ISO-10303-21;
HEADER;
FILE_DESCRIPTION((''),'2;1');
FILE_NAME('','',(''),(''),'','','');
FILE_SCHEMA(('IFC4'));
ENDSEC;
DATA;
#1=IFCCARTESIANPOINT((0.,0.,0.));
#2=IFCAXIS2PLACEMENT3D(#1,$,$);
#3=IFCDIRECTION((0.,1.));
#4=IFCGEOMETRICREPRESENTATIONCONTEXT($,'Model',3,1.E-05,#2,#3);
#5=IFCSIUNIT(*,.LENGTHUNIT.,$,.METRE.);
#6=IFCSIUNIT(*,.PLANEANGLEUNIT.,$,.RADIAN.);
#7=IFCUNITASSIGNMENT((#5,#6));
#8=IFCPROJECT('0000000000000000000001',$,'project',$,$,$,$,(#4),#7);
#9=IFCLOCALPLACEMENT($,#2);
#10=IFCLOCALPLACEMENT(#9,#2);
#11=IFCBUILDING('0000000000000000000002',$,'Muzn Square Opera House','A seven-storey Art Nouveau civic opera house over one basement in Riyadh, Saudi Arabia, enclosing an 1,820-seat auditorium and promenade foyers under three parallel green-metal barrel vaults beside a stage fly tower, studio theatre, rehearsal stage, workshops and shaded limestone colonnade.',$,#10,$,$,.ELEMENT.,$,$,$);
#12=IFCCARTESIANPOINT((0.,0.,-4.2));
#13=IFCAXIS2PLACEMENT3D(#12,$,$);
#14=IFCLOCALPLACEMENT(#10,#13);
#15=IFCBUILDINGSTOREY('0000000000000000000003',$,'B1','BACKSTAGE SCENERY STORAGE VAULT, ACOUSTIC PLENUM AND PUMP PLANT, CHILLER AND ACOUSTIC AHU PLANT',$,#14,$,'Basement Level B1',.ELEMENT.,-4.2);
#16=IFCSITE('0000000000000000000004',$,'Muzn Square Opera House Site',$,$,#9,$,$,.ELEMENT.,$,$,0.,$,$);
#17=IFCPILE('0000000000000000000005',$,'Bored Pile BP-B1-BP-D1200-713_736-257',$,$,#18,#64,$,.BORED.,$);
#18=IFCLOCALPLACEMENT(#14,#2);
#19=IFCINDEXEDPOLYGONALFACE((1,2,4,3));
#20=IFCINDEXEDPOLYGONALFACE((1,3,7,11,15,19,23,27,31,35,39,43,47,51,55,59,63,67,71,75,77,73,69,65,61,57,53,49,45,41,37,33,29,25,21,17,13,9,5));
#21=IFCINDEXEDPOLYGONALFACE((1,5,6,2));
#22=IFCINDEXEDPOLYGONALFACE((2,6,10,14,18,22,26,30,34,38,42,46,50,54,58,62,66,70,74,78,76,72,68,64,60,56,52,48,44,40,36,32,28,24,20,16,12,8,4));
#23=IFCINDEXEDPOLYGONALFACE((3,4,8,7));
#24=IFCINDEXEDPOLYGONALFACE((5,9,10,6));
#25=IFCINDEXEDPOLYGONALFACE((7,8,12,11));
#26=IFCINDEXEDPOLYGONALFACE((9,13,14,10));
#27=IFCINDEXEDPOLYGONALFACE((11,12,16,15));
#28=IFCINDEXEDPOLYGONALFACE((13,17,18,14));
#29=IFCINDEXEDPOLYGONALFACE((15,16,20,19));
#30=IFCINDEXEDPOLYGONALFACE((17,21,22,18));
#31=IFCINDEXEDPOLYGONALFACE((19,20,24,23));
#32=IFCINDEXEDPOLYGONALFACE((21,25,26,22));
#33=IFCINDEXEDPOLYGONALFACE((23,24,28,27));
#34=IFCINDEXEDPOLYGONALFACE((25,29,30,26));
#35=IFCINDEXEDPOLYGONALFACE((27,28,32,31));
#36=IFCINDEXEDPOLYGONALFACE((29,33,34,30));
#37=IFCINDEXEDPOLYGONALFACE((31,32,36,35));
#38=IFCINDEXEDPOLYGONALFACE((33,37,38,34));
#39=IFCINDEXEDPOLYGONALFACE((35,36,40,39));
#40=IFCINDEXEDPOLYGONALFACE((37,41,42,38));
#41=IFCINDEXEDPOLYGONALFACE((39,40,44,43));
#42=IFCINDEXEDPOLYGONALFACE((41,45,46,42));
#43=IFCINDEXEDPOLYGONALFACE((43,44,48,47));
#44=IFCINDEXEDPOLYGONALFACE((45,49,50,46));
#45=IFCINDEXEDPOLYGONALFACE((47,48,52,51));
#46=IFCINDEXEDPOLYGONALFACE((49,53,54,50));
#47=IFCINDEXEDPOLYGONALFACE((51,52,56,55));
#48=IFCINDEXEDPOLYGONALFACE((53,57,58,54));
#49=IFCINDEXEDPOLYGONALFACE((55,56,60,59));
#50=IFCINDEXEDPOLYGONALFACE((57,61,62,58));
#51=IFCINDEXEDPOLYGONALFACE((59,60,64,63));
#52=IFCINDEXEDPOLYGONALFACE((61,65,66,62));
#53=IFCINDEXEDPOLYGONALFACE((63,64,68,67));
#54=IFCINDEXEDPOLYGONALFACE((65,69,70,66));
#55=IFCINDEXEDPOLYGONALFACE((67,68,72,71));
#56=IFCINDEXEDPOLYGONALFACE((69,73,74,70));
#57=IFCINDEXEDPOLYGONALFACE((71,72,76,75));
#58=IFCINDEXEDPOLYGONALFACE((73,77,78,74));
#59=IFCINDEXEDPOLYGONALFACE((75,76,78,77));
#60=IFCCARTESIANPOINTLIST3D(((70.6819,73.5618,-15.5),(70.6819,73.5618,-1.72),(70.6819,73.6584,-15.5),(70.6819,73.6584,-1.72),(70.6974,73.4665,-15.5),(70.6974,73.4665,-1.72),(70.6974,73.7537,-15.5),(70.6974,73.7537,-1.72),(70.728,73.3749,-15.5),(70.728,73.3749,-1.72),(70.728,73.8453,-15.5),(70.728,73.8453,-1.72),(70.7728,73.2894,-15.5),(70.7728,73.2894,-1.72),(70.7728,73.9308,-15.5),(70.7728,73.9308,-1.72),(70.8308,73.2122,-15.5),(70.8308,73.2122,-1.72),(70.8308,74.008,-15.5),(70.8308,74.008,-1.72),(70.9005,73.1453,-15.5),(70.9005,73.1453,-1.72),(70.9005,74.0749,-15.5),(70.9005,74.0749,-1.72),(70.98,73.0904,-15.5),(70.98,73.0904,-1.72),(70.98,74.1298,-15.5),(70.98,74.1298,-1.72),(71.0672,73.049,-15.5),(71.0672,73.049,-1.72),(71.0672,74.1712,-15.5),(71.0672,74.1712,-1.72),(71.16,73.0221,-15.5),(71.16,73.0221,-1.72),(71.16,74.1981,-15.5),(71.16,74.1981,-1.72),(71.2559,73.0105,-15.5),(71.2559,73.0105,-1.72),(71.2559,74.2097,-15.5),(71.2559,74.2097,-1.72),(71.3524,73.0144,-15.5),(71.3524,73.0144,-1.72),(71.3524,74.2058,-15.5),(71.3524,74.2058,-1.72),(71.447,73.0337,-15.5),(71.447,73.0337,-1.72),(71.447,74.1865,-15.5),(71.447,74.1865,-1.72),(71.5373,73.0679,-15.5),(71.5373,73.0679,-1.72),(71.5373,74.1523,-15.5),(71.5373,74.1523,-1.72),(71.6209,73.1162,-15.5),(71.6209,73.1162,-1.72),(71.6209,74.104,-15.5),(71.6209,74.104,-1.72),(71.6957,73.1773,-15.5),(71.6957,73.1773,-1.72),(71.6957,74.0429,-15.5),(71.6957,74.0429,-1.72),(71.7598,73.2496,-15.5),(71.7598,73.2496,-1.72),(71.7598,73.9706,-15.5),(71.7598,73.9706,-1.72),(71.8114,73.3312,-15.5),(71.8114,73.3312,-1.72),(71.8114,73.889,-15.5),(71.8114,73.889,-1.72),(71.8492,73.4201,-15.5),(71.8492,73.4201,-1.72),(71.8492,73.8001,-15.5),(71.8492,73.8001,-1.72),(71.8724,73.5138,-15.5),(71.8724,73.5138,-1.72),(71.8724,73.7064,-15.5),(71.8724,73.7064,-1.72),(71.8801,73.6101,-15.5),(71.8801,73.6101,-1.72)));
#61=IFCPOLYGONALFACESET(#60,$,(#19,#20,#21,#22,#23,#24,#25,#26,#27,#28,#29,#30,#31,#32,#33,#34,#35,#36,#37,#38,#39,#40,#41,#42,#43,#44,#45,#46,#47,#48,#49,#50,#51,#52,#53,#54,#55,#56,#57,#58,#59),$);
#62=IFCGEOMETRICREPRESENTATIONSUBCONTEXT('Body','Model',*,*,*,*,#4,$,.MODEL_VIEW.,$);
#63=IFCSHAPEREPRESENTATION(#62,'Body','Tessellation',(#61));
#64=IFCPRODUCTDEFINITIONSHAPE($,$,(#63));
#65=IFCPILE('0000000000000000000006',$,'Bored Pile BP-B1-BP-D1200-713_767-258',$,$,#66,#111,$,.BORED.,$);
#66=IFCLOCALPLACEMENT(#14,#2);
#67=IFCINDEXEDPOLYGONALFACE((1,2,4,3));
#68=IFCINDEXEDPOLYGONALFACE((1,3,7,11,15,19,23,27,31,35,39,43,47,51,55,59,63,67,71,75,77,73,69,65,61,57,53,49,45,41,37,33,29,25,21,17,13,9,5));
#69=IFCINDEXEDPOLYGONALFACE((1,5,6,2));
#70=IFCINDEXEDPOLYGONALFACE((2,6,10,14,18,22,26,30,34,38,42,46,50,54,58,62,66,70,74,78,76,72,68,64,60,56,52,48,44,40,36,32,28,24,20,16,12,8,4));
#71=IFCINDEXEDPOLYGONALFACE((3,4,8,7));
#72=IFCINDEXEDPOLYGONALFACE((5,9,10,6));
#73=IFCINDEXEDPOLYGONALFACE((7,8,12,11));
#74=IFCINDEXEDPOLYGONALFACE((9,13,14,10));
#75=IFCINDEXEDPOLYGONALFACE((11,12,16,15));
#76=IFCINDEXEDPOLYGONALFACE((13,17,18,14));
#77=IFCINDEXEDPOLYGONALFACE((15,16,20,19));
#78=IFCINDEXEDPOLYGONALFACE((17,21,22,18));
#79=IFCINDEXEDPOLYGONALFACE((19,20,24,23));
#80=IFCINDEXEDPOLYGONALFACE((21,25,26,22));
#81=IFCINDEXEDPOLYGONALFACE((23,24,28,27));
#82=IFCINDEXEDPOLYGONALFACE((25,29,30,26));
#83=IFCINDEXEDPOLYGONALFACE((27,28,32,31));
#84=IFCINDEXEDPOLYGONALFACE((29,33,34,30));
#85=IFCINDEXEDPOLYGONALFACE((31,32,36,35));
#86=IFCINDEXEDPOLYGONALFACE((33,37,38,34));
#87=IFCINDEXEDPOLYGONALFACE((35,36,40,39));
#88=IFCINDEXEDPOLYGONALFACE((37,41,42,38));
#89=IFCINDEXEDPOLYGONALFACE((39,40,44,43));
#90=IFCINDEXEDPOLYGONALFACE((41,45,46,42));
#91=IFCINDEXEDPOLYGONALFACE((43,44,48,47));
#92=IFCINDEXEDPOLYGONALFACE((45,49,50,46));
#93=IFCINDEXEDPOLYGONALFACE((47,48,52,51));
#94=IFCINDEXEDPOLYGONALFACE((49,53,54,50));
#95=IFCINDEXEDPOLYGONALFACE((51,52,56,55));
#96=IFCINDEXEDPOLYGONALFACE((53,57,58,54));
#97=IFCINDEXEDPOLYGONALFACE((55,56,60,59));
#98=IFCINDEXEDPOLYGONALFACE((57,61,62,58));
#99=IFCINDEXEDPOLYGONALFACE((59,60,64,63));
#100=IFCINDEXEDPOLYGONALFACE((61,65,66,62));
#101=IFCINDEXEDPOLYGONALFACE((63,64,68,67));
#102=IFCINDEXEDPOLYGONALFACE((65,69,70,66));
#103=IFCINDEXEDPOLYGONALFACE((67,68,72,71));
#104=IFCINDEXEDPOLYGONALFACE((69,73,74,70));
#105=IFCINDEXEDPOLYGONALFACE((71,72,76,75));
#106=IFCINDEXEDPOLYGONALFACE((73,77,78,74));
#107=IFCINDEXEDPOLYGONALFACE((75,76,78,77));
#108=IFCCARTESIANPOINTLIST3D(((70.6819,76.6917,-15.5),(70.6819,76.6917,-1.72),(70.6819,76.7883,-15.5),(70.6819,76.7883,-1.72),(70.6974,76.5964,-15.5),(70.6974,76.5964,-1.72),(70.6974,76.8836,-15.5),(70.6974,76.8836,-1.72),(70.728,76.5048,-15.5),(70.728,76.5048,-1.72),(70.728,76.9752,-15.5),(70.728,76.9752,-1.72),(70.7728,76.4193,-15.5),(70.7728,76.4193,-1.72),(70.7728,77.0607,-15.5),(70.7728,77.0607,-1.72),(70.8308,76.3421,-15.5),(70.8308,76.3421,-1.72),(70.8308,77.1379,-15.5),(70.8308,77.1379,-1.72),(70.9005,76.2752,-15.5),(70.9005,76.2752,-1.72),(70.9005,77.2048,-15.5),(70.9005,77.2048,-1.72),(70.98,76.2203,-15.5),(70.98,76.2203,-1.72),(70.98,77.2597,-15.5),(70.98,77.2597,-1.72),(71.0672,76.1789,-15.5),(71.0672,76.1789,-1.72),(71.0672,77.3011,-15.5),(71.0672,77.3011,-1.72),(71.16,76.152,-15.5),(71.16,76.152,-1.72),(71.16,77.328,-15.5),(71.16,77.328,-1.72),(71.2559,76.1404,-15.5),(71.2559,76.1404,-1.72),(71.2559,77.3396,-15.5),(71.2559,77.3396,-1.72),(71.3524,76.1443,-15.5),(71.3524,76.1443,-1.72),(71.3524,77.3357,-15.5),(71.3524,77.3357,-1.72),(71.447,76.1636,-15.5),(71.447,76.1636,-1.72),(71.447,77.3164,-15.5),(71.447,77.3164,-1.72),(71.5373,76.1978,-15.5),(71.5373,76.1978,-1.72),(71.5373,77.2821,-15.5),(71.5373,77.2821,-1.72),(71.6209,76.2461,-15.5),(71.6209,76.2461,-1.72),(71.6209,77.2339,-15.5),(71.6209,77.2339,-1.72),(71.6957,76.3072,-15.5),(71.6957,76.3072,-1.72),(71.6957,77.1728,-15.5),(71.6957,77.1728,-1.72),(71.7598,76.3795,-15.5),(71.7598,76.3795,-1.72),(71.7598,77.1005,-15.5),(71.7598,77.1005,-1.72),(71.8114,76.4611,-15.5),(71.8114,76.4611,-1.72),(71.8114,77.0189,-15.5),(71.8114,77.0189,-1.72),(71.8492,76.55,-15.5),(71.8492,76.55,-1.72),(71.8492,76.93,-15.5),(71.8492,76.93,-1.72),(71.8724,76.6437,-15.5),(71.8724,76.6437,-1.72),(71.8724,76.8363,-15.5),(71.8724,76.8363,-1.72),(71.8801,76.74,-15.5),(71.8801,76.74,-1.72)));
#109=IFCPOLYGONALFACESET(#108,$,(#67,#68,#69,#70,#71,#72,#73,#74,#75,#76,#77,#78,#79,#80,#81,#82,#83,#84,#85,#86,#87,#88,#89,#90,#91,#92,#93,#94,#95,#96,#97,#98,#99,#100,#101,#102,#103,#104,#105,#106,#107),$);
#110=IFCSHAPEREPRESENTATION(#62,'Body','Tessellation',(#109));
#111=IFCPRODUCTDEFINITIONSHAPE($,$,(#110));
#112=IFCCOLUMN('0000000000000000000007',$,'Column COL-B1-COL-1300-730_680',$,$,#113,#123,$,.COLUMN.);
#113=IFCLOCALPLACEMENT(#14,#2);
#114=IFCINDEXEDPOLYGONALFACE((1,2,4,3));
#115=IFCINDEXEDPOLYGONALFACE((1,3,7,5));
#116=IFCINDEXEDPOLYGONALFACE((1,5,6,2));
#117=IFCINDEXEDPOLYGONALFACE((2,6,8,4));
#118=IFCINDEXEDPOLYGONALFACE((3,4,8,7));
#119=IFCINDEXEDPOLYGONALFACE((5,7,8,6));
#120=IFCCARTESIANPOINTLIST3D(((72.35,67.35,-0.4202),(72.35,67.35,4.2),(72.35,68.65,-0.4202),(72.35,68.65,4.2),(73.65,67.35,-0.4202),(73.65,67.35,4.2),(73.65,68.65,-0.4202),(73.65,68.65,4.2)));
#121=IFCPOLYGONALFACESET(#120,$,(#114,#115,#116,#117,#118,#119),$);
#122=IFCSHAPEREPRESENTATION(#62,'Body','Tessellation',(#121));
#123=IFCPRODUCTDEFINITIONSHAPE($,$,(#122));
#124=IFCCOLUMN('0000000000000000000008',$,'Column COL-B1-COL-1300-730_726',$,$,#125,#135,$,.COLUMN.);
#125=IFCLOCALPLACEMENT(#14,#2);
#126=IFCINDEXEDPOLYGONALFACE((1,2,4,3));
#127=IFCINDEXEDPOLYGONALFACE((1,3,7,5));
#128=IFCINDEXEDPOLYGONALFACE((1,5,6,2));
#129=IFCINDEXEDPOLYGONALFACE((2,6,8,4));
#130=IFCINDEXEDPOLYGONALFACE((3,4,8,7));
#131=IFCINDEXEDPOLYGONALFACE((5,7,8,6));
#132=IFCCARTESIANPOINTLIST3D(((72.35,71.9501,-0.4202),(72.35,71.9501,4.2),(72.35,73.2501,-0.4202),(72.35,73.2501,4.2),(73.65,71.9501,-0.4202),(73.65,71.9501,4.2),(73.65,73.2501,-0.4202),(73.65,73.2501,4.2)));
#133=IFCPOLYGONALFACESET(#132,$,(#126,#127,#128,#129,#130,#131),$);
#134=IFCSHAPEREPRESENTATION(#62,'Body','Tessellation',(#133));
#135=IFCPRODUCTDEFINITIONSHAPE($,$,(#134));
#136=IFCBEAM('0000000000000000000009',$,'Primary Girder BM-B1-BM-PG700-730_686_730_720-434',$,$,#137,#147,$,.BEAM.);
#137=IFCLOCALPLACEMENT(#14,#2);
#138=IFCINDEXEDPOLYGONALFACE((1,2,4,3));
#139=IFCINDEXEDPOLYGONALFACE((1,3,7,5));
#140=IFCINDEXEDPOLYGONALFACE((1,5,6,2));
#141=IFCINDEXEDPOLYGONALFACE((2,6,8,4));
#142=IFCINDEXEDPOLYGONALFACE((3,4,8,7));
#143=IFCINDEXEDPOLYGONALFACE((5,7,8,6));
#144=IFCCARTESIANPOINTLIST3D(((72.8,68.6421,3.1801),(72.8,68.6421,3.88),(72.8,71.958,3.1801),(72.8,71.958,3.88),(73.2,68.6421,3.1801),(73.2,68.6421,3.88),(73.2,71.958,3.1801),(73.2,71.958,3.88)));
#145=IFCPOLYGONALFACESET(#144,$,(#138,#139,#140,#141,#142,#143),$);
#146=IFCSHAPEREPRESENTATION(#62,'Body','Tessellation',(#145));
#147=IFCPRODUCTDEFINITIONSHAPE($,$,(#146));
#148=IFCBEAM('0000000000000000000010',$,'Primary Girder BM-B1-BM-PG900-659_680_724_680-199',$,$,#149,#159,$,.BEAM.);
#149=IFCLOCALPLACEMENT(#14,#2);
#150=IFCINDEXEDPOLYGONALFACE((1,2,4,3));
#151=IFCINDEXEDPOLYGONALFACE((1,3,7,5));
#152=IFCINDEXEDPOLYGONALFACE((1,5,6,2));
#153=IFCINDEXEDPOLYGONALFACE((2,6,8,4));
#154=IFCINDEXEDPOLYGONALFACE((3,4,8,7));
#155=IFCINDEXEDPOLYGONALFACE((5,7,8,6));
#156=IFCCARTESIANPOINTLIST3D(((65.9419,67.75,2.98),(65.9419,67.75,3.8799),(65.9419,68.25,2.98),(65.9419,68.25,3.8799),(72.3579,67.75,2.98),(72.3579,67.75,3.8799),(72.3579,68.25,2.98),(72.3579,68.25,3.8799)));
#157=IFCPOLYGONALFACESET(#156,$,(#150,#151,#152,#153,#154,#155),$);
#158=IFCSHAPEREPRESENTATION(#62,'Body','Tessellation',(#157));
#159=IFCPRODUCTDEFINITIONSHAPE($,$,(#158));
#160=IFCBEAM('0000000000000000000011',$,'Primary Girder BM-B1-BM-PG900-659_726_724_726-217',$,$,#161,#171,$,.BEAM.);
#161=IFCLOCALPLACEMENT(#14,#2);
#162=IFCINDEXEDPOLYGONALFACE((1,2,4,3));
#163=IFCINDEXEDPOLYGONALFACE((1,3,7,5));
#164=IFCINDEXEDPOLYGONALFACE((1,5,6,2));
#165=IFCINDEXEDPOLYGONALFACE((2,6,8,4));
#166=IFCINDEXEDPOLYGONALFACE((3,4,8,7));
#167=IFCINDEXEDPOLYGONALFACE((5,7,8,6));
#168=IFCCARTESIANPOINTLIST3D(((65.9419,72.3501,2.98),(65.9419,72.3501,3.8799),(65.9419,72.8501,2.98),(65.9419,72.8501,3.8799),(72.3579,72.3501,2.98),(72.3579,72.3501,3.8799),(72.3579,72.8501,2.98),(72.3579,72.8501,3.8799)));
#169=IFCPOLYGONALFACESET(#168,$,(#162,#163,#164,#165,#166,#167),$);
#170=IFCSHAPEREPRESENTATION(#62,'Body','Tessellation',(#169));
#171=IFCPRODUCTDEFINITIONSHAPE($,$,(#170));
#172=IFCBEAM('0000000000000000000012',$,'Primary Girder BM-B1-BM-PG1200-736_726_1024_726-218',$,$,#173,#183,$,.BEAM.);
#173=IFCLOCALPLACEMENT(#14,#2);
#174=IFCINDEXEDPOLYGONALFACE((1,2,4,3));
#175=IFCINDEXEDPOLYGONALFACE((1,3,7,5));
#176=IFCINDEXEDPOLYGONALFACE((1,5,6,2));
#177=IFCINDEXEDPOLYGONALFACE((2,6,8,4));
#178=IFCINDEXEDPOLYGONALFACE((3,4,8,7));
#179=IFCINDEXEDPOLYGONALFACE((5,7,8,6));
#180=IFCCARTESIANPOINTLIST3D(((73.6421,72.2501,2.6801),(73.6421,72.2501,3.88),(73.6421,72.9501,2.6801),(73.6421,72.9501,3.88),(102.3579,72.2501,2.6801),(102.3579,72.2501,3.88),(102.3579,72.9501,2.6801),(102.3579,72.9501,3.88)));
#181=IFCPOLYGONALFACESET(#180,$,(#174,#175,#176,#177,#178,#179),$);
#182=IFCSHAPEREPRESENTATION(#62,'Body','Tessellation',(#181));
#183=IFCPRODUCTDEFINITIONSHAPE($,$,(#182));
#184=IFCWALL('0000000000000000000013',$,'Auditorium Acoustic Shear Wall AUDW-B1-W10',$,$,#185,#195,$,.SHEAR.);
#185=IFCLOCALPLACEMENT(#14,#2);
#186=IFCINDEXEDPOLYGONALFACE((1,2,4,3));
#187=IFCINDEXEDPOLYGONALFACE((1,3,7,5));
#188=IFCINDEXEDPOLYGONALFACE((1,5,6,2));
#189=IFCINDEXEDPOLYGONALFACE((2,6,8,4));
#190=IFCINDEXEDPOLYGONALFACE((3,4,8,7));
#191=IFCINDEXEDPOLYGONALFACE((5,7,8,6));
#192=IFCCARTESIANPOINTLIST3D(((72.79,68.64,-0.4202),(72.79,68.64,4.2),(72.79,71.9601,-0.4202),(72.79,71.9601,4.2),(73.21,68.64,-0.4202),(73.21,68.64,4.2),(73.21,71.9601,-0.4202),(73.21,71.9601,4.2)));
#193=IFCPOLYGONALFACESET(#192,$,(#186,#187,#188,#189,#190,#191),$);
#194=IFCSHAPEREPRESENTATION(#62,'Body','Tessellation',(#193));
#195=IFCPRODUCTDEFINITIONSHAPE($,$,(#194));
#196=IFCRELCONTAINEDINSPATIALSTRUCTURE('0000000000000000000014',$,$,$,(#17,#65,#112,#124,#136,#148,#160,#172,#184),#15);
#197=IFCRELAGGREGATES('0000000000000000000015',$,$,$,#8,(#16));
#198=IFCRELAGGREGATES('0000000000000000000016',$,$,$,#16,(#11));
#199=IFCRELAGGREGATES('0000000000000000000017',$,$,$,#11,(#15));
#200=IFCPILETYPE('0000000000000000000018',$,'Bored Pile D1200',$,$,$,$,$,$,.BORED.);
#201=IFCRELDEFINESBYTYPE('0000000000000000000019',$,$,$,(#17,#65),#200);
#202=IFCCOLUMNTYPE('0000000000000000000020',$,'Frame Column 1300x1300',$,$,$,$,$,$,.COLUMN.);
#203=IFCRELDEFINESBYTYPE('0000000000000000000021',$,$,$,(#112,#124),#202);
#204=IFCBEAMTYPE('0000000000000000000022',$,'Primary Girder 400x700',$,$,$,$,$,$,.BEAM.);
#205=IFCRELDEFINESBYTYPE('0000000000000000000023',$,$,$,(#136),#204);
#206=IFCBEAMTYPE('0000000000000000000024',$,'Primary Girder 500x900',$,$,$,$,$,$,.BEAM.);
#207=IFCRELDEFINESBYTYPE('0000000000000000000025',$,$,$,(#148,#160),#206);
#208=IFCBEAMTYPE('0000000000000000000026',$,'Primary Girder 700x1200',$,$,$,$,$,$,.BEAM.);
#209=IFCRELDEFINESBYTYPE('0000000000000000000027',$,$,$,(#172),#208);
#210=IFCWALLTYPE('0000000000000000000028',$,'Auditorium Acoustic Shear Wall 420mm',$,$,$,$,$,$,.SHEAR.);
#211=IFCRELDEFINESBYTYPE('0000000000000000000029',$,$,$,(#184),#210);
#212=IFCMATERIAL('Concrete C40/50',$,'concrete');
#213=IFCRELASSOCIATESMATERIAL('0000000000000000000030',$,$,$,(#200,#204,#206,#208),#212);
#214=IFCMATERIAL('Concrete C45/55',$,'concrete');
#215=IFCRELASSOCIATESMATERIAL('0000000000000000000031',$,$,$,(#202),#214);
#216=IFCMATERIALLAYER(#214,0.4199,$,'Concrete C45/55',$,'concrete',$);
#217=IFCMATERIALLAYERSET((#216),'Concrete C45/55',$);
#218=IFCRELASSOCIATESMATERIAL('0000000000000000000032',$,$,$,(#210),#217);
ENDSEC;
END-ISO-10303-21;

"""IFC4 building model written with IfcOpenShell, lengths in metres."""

from ifc_helpers import new_model, si_unit, direction, frame, frame_2d, origin, origin_2d, place, context, subcontext, project, spatial, rectangle, circle, extrude, material, layer, layer_set, material_profile, profile_set, type_object, element, save


model = new_model("IFC4")

# Units and contexts
model_context = context("Model", 3, precision=1e-05, world=origin(), true_north=direction((0.0, 1.0)))
body_context = subcontext(model_context, "Body", "Model", "MODEL_VIEW")
ifc_project = project(units=[si_unit("LENGTHUNIT", "METRE"), si_unit("PLANEANGLEUNIT", "RADIAN")], contexts=[model_context])

# Site, building, storey
site_placement = place(None, origin())
site = spatial("IfcSite", under=ifc_project, at=site_placement, Name="Muzn Square Opera House Site", CompositionType="ELEMENT", RefElevation=0.0)
building_placement = place(site_placement, origin())
building = spatial("IfcBuilding", under=site, at=building_placement, Name="Muzn Square Opera House", Description="A seven-storey Art Nouveau civic opera house over one basement in Riyadh, Saudi Arabia, enclosing an 1,820-seat auditorium and promenade foyers under three parallel green-metal barrel vaults beside a stage fly tower, studio theatre, rehearsal stage, workshops and shaded limestone colonnade.", CompositionType="ELEMENT")
storey_placement = place(building_placement, frame((0.0, 0.0, -4.2)))
storey = spatial("IfcBuildingStorey", under=building, at=storey_placement, Name="B1", Description="BACKSTAGE SCENERY STORAGE VAULT, ACOUSTIC PLENUM AND PUMP PLANT, CHILLER AND ACOUSTIC AHU PLANT", LongName="Basement Level B1", CompositionType="ELEMENT", Elevation=-4.2)

# Piles
ifc_material_1 = material(Name="Concrete C40/50", Category="concrete")
ifc_material_profile_1 = material_profile(ifc_material_1, circle(Radius=0.6001, at=origin_2d()), Name="BORED PILE D1200", Category="concrete")
ifc_profile_set_1 = profile_set([ifc_material_profile_1], Name="Concrete C40/50")
pile_type = type_object("IfcPileType", Name="Bored Pile D1200", PredefinedType="BORED", material=ifc_profile_set_1)
for number, where, z_axis, x_axis, name in (
    (1, (71.28, 73.6101, -1.72), (0.0, 0.0, -1.0), (1.0, 0.0, 0.0), "Bored Pile BP-B1-BP-D1200-713_736-257"),
    (2, (71.28, 76.74, -1.72), (0.0, 0.0, -1.0), (1.0, 0.0, 0.0), "Bored Pile BP-B1-BP-D1200-713_767-258"),
):
    element("IfcPile", number, at=place(storey_placement, frame(where, z_axis=z_axis, x_axis=x_axis)), inside=storey, type_object=pile_type, Name=name, PredefinedType="BORED", context=body_context, shape_type="SweptSolid", body=[
        extrude(circle(Radius=0.6001, at=origin_2d()), origin(), (0.0, 0.0, 1.0), 13.78),
    ])

# Columns
ifc_material_2 = material(Name="Concrete C45/55", Category="concrete")
ifc_material_profile_2 = material_profile(ifc_material_2, rectangle(XDim=1.3, YDim=1.3, at=origin_2d()), Name="RC 1300x1300", Category="concrete")
ifc_profile_set_2 = profile_set([ifc_material_profile_2], Name="Concrete C45/55")
column_type = type_object("IfcColumnType", Name="Frame Column 1300x1300", PredefinedType="COLUMN", material=ifc_profile_set_2)
for number, where, z_axis, x_axis, name in (
    (3, (73.0, 68.0, -0.4202), (0.0, 0.0, 1.0), (1.0, 0.0, 0.0), "Column COL-B1-COL-1300-730_680"),
    (4, (73.0, 72.6001, -0.4202), (0.0, 0.0, 1.0), (1.0, 0.0, 0.0), "Column COL-B1-COL-1300-730_726"),
):
    element("IfcColumn", number, at=place(storey_placement, frame(where, z_axis=z_axis, x_axis=x_axis)), inside=storey, type_object=column_type, Name=name, PredefinedType="COLUMN", context=body_context, shape_type="SweptSolid", body=[
        extrude(rectangle(XDim=1.3, YDim=1.3, at=origin_2d()), origin(), (0.0, 0.0, 1.0), 4.6201),
    ])

# Beams
ifc_material_profile_3 = material_profile(ifc_material_1, rectangle(XDim=0.3999, YDim=0.7, at=origin_2d()), Name="RCB 400x700", Category="concrete")
ifc_profile_set_3 = profile_set([ifc_material_profile_3], Name="Concrete C40/50")
beam_type_1 = type_object("IfcBeamType", Name="Primary Girder 400x700", PredefinedType="BEAM", material=ifc_profile_set_3)
beam_1_placement = place(storey_placement, frame((73.0, 68.6421, 3.53), z_axis=(0.0, 1.0, 0.0), x_axis=(-1.0, 0.0, 0.0)))
element("IfcBeam", 5, at=beam_1_placement, inside=storey, type_object=beam_type_1, Name="Primary Girder BM-B1-BM-PG700-730_686_730_720-434", PredefinedType="BEAM", context=body_context, shape_type="SweptSolid", body=[
    extrude(rectangle(XDim=0.3999, YDim=0.7, at=origin_2d()), origin(), (0.0, 0.0, 1.0), 3.3159),
])
ifc_material_profile_4 = material_profile(ifc_material_1, rectangle(XDim=0.5, YDim=0.8999, at=origin_2d()), Name="RCB 500x900", Category="concrete")
ifc_profile_set_4 = profile_set([ifc_material_profile_4], Name="Concrete C40/50")
beam_type_2 = type_object("IfcBeamType", Name="Primary Girder 500x900", PredefinedType="BEAM", material=ifc_profile_set_4)
for number, where, z_axis, x_axis, name in (
    (6, (65.9419, 68.0, 3.4299), (1.0, 0.0, 0.0), (0.0, 1.0, 0.0), "Primary Girder BM-B1-BM-PG900-659_680_724_680-199"),
    (7, (65.9419, 72.6001, 3.4299), (1.0, 0.0, 0.0), (0.0, 1.0, 0.0), "Primary Girder BM-B1-BM-PG900-659_726_724_726-217"),
):
    element("IfcBeam", number, at=place(storey_placement, frame(where, z_axis=z_axis, x_axis=x_axis)), inside=storey, type_object=beam_type_2, Name=name, PredefinedType="BEAM", context=body_context, shape_type="SweptSolid", body=[
        extrude(rectangle(XDim=0.5, YDim=0.8999, at=origin_2d()), origin(), (0.0, 0.0, 1.0), 6.416),
    ])
ifc_material_profile_5 = material_profile(ifc_material_1, rectangle(XDim=0.7, YDim=1.2, at=origin_2d()), Name="RCB 700x1200", Category="concrete")
ifc_profile_set_5 = profile_set([ifc_material_profile_5], Name="Concrete C40/50")
beam_type_3 = type_object("IfcBeamType", Name="Primary Girder 700x1200", PredefinedType="BEAM", material=ifc_profile_set_5)
beam_2_placement = place(storey_placement, frame((73.6421, 72.6001, 3.28), z_axis=(1.0, 0.0, 0.0), x_axis=(0.0, 1.0, 0.0)))
element("IfcBeam", 8, at=beam_2_placement, inside=storey, type_object=beam_type_3, Name="Primary Girder BM-B1-BM-PG1200-736_726_1024_726-218", PredefinedType="BEAM", context=body_context, shape_type="SweptSolid", body=[
    extrude(rectangle(XDim=0.7, YDim=1.2, at=origin_2d()), origin(), (0.0, 0.0, 1.0), 28.7158),
])

# Wall
ifc_layer_1 = layer(ifc_material_2, 0.4199, Name="Concrete C45/55", Category="concrete")
ifc_layer_set_1 = layer_set([ifc_layer_1], Name="Concrete C45/55")
wall_type_1 = type_object("IfcWallType", Name="Auditorium Acoustic Shear Wall 420mm", PredefinedType="SHEAR", material=ifc_layer_set_1)
wall_1_placement = place(storey_placement, frame((73.0, 68.6399, -0.4202), z_axis=(0.0, 0.0, 1.0), x_axis=(0.0, 1.0, 0.0)))
element("IfcWall", 9, at=wall_1_placement, inside=storey, type_object=wall_type_1, Name="Auditorium Acoustic Shear Wall AUDW-B1-W10", PredefinedType="SHEAR", context=body_context, shape_type="SweptSolid", body=[
    extrude(rectangle(XDim=3.3201, YDim=0.4199, at=frame_2d((1.6602, 0.0))), origin(), (0.0, 0.0, 1.0), 4.6201),
])

save(model, "model.ifc")
